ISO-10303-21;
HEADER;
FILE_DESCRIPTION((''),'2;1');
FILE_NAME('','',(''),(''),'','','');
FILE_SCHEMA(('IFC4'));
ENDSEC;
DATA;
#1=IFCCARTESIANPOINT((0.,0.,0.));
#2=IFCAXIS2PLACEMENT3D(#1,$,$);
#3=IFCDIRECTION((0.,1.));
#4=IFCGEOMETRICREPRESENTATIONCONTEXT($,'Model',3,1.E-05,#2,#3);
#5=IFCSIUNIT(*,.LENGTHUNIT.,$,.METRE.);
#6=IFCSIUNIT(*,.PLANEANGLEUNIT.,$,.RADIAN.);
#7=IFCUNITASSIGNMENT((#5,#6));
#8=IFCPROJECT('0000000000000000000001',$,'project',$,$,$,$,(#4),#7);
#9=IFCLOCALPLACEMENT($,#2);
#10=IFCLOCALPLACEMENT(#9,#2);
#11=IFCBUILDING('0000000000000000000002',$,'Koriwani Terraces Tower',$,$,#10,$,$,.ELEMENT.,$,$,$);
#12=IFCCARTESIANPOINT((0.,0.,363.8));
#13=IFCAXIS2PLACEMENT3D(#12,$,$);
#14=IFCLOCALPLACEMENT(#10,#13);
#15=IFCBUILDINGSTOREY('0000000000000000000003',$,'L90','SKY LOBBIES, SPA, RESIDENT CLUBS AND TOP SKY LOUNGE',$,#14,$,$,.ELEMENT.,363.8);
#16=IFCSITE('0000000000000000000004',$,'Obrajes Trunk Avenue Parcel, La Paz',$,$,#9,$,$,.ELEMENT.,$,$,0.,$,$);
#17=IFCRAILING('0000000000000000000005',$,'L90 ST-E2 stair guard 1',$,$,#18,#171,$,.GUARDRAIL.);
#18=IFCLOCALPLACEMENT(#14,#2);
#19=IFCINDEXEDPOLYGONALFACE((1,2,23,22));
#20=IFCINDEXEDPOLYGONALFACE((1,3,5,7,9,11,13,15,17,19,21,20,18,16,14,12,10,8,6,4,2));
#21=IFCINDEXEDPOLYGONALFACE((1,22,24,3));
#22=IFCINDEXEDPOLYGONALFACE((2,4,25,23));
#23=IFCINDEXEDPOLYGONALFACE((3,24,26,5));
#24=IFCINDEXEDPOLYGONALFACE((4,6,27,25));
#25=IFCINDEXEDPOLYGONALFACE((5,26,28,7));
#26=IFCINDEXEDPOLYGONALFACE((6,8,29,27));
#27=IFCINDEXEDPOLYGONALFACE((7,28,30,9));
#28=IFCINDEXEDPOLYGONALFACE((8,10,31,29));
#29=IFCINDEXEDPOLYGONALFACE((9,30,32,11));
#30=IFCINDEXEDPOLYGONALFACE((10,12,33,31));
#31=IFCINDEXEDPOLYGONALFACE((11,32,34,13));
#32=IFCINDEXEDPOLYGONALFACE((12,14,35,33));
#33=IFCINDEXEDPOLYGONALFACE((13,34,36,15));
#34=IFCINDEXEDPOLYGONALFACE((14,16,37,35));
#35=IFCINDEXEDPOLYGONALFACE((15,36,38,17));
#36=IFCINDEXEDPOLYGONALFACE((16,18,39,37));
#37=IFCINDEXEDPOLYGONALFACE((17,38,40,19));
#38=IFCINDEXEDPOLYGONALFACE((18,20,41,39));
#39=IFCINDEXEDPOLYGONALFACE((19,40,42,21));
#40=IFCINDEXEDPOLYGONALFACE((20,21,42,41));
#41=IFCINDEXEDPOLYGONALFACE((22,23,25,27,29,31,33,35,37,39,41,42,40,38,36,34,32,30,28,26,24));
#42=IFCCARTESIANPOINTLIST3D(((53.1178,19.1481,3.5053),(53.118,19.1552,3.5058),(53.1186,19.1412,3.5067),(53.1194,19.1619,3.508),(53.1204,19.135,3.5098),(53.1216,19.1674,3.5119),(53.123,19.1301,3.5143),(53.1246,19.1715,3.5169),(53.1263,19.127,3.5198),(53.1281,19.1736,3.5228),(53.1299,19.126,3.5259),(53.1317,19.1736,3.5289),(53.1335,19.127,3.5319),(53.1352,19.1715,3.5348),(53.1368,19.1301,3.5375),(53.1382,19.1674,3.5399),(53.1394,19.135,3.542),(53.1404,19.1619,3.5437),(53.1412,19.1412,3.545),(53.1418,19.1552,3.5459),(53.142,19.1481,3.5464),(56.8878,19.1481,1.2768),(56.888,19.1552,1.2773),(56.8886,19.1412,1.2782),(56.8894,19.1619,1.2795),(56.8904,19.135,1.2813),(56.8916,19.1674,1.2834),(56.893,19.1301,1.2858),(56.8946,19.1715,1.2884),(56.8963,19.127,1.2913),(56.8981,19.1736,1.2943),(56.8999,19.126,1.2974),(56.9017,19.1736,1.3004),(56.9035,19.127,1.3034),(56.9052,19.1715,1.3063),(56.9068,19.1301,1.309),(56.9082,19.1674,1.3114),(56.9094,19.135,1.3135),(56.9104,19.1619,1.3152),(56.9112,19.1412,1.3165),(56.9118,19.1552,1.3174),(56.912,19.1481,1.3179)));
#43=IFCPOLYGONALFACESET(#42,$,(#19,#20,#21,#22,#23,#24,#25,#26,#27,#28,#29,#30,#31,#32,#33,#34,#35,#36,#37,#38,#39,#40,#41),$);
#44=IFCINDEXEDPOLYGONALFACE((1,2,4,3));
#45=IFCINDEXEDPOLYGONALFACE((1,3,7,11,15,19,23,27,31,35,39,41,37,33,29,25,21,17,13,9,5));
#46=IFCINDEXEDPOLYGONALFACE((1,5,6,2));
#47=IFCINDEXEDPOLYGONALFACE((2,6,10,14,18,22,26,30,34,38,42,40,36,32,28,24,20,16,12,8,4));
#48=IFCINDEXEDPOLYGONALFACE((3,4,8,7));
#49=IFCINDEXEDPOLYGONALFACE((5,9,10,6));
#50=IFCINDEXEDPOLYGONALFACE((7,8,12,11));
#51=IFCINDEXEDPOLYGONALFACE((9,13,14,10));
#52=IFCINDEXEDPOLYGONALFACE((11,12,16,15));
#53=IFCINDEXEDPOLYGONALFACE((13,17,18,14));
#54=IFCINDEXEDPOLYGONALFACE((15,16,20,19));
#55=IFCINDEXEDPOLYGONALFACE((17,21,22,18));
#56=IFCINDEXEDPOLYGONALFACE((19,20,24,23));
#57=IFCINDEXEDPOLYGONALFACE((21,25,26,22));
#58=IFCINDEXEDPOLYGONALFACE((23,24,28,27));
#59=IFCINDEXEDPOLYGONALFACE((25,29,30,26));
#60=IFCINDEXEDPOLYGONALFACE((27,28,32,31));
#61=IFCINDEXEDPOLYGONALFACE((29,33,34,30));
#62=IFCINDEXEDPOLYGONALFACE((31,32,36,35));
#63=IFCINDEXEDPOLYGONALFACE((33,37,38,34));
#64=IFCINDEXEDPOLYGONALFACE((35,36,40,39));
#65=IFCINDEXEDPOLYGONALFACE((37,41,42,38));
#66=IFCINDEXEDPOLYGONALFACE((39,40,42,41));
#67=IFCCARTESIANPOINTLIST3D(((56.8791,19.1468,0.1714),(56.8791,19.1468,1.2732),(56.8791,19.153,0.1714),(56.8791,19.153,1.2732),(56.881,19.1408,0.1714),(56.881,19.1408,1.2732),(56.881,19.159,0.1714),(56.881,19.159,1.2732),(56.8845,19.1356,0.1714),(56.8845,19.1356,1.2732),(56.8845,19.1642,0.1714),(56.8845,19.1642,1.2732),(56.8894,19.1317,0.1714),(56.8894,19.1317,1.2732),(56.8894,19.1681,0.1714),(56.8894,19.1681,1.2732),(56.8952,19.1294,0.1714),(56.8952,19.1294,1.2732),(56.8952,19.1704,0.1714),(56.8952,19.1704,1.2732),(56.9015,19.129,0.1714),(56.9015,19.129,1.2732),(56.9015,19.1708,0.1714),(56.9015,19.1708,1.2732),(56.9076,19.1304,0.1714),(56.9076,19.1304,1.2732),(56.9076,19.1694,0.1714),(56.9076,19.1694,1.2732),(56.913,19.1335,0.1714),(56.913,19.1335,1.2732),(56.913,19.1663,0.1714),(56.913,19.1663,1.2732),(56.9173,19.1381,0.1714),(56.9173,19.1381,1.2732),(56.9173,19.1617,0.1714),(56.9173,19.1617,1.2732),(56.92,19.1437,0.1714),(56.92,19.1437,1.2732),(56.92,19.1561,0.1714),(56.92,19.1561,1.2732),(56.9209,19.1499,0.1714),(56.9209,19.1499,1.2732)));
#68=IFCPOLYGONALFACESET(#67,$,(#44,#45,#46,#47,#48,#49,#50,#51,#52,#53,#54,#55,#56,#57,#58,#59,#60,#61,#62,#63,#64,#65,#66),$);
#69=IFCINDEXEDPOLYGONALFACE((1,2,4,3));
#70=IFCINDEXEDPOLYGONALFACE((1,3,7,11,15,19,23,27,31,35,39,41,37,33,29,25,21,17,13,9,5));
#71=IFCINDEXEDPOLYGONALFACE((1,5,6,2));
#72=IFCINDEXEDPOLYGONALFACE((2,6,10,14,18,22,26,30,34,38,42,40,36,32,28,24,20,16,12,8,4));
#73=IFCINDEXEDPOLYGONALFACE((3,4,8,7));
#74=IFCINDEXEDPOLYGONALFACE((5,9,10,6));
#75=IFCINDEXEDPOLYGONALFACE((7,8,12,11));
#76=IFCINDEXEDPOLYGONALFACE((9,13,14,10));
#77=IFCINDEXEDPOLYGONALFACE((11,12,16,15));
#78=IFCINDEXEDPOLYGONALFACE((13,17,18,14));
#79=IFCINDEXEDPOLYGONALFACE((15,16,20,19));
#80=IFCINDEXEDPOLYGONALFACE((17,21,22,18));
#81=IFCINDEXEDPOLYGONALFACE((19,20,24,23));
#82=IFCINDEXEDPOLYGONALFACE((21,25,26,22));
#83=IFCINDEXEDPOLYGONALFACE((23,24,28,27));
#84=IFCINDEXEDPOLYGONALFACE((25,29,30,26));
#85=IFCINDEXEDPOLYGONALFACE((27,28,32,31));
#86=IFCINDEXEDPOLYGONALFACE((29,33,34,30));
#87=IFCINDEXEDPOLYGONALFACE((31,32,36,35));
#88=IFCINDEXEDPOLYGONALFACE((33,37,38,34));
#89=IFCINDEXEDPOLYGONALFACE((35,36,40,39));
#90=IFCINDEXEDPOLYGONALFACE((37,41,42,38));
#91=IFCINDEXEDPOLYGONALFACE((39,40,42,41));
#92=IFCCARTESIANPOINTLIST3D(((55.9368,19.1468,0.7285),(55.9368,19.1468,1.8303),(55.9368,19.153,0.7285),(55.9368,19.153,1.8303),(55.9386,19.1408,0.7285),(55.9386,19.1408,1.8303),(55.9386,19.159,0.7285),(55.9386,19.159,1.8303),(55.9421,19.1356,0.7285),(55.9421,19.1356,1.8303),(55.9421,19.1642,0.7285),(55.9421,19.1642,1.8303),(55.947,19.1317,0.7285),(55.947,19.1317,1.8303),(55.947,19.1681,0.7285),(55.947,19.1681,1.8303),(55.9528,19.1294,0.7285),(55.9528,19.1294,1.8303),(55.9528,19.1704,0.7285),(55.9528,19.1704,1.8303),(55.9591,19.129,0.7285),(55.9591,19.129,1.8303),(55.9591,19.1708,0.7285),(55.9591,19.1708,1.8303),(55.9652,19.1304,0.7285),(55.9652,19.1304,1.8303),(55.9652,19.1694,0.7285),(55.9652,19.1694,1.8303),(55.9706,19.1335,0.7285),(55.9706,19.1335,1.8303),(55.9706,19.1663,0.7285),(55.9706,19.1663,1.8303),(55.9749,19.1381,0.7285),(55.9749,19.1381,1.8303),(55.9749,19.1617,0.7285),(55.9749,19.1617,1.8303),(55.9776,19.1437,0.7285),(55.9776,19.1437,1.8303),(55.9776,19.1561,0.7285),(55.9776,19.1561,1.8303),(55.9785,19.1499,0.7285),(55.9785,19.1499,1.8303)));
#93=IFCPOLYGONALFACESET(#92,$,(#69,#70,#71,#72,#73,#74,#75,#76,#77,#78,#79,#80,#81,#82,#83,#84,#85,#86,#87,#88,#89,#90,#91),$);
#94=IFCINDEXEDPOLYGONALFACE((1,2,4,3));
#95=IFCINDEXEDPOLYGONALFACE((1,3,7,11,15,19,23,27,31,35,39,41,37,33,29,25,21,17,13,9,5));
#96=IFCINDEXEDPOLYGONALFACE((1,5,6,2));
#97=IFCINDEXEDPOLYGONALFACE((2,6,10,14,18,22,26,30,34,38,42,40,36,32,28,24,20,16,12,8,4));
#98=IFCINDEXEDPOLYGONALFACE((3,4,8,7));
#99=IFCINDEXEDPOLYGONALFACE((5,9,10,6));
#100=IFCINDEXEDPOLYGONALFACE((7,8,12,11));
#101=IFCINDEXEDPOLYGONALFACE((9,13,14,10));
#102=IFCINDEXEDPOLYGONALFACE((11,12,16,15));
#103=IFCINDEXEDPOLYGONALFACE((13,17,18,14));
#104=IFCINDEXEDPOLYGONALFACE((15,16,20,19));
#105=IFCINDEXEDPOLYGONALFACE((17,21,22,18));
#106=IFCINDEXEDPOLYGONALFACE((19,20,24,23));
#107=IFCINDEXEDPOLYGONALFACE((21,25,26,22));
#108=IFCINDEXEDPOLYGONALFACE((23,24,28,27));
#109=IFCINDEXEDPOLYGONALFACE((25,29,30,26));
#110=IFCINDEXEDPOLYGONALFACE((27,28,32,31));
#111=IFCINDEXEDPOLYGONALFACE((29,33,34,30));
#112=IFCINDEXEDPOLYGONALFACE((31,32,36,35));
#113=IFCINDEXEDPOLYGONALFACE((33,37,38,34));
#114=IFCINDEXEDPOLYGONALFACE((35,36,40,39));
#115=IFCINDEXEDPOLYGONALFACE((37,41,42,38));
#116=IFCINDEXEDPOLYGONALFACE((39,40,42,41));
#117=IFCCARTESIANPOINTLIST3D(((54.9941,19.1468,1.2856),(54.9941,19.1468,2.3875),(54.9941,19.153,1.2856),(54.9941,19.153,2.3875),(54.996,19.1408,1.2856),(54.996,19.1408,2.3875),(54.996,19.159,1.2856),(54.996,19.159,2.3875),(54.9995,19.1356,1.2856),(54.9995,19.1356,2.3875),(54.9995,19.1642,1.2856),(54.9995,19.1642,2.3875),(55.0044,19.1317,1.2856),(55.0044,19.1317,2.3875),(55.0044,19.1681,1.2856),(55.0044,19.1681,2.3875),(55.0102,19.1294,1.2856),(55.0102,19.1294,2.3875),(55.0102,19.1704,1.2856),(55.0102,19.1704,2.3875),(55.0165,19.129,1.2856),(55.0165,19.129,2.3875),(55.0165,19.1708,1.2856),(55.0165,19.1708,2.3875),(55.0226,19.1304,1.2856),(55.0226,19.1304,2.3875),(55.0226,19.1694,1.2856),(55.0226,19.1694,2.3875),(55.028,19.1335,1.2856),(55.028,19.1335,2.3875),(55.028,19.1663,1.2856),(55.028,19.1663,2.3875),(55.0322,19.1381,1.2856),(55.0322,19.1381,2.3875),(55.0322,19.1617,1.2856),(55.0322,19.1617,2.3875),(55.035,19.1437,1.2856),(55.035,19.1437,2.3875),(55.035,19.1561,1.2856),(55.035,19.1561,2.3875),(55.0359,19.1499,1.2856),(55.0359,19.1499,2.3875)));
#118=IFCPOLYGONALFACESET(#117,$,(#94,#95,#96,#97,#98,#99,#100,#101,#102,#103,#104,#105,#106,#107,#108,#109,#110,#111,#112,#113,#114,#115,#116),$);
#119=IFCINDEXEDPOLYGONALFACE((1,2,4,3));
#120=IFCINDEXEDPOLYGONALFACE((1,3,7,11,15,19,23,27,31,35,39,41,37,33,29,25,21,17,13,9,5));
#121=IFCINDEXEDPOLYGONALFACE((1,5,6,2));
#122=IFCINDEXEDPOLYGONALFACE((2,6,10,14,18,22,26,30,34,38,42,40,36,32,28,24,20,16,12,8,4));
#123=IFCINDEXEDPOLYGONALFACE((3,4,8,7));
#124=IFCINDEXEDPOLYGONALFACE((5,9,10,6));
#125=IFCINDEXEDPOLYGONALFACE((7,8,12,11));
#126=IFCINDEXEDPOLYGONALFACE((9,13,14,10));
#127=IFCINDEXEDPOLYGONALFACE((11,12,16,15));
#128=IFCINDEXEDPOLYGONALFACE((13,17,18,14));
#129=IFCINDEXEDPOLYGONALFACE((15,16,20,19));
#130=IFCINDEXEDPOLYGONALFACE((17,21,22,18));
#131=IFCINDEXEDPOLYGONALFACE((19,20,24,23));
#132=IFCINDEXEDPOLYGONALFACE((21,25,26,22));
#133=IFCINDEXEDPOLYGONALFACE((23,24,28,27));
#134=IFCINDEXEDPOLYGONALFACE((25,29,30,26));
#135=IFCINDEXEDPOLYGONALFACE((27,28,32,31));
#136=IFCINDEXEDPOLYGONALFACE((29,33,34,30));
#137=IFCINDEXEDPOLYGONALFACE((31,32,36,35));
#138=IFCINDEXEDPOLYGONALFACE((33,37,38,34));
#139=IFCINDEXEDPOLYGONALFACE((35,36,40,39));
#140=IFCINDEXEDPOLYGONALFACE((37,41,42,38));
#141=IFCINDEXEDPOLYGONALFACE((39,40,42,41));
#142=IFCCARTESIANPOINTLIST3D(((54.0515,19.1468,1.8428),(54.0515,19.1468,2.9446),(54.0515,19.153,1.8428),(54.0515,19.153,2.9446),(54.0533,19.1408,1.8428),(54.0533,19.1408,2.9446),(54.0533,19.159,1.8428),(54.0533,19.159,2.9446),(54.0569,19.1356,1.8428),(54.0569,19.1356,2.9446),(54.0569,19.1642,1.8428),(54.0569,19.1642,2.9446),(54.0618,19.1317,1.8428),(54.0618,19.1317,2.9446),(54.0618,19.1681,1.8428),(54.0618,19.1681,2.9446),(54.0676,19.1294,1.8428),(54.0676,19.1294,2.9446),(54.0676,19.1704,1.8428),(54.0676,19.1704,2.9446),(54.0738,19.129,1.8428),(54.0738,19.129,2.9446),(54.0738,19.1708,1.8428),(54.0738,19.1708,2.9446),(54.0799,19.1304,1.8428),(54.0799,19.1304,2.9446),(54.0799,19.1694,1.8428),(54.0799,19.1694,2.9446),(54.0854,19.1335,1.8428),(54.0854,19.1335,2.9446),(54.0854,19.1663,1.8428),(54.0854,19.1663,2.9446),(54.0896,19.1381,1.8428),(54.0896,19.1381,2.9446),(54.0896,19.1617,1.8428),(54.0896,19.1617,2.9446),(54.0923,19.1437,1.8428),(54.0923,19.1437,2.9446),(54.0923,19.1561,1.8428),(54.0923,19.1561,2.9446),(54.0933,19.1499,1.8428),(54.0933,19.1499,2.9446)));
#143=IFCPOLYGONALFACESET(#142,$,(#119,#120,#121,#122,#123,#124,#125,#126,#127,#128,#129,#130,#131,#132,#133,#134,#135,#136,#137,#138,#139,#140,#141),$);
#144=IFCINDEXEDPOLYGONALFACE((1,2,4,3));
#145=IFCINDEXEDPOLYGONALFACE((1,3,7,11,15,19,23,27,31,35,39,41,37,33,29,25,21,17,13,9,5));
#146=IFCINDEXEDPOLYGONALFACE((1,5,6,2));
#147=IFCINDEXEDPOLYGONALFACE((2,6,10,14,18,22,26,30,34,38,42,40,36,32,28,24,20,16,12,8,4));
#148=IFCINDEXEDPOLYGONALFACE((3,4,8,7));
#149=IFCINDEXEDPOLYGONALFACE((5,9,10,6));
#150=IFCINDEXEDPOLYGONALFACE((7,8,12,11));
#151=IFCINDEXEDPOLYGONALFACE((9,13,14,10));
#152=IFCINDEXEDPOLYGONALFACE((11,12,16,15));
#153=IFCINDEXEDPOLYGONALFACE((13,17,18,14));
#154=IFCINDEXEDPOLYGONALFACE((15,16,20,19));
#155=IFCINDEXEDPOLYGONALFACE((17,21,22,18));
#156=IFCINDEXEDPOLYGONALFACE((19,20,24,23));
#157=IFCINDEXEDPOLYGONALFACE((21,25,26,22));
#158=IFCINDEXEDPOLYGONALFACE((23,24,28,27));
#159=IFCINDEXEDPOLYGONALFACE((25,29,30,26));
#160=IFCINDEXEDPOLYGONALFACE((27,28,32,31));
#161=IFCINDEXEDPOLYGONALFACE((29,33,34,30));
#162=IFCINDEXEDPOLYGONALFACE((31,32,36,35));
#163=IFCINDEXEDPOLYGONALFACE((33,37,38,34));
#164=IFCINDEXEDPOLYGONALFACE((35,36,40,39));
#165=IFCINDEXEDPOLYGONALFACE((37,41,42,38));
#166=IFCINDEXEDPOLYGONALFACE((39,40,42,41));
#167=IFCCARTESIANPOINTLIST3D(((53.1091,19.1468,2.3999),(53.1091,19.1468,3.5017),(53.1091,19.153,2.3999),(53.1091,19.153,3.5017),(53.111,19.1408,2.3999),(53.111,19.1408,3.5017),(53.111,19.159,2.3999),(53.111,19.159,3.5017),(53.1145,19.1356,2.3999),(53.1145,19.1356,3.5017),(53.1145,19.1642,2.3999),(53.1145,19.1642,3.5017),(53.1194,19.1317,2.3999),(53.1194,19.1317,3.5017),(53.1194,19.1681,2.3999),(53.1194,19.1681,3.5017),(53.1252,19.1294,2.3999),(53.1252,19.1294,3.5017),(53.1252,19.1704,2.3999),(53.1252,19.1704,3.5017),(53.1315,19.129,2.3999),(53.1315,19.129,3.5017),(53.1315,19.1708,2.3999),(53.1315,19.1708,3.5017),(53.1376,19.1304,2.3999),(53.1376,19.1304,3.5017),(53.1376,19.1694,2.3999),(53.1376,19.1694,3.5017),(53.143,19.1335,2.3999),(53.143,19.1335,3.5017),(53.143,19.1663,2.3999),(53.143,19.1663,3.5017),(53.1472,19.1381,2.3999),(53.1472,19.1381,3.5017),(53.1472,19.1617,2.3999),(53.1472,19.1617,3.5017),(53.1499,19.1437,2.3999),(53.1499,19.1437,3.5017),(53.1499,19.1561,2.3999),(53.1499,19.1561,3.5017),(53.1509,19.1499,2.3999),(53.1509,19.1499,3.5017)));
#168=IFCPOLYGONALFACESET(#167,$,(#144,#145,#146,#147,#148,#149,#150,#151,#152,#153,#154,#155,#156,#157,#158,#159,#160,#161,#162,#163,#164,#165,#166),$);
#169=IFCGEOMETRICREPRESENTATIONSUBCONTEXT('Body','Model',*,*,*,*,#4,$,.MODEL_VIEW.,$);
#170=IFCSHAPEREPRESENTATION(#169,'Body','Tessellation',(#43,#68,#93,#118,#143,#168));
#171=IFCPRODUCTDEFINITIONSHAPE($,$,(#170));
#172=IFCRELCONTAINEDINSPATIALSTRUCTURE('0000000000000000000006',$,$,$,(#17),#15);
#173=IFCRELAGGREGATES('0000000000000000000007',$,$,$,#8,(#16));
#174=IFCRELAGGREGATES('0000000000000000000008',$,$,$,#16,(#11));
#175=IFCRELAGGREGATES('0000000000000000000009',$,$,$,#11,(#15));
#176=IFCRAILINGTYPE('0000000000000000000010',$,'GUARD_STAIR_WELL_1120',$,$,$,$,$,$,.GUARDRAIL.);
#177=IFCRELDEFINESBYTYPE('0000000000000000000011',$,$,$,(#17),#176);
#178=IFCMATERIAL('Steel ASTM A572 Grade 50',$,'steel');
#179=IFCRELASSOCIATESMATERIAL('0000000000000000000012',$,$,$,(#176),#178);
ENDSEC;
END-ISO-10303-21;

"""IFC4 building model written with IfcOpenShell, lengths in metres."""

from ifc_helpers import new_model, si_unit, direction, frame, origin, origin_2d, place, context, subcontext, project, spatial, circle, extrude, material, type_object, element, save


model = new_model("IFC4")

# Units and contexts
model_context = context("Model", 3, precision=1e-05, world=origin(), true_north=direction((0.0, 1.0)))
body_context = subcontext(model_context, "Body", "Model", "MODEL_VIEW")
ifc_project = project(units=[si_unit("LENGTHUNIT", "METRE"), si_unit("PLANEANGLEUNIT", "RADIAN")], contexts=[model_context])

# Site, building, storey
site_placement = place(None, origin())
site = spatial("IfcSite", under=ifc_project, at=site_placement, Name="Obrajes Trunk Avenue Parcel, La Paz", CompositionType="ELEMENT", RefElevation=0.0)
building_placement = place(site_placement, origin())
building = spatial("IfcBuilding", under=site, at=building_placement, Name="Koriwani Terraces Tower", CompositionType="ELEMENT")
storey_placement = place(building_placement, frame((0.0, 0.0, 363.8)))
storey = spatial("IfcBuildingStorey", under=building, at=storey_placement, Name="L90", Description="SKY LOBBIES, SPA, RESIDENT CLUBS AND TOP SKY LOUNGE", CompositionType="ELEMENT", Elevation=363.8)

# Shared definitions
ifc_material_1 = material(Name="Steel ASTM A572 Grade 50", Category="steel")

# Railing
railing_type_1 = type_object("IfcRailingType", Name="GUARD_STAIR_WELL_1120", PredefinedType="GUARDRAIL", material=ifc_material_1)
railing_1_placement = place(storey_placement, frame((56.8999, 19.1499, 0.1714)))
element("IfcRailing", 1, at=railing_1_placement, inside=storey, type_object=railing_type_1, Name="L90 ST-E2 stair guard 1", PredefinedType="GUARDRAIL", context=body_context, shape_type="SweptSolid", body=[
    extrude(circle(Radius=0.0239, at=origin_2d()), frame((0.0, 0.0, 1.126), z_axis=(-0.860849, 0.0, 0.508861), x_axis=(0.0, -1.0, 0.0)), (0.0, 0.0, 1.0), 4.3794),
    extrude(circle(Radius=0.021, at=origin_2d()), origin(), (0.0, 0.0, 1.0), 1.1018),
    extrude(circle(Radius=0.021, at=origin_2d()), frame((-0.9424, 0.0, 0.5571)), (0.0, 0.0, 1.0), 1.1018),
    extrude(circle(Radius=0.021, at=origin_2d()), frame((-1.885, 0.0, 1.1143)), (0.0, 0.0, 1.0), 1.1018),
    extrude(circle(Radius=0.021, at=origin_2d()), frame((-2.8276, 0.0, 1.6714)), (0.0, 0.0, 1.0), 1.1018),
    extrude(circle(Radius=0.021, at=origin_2d()), frame((-3.77, 0.0, 2.2285)), (0.0, 0.0, 1.0), 1.1018),
])

save(model, "model.ifc")
